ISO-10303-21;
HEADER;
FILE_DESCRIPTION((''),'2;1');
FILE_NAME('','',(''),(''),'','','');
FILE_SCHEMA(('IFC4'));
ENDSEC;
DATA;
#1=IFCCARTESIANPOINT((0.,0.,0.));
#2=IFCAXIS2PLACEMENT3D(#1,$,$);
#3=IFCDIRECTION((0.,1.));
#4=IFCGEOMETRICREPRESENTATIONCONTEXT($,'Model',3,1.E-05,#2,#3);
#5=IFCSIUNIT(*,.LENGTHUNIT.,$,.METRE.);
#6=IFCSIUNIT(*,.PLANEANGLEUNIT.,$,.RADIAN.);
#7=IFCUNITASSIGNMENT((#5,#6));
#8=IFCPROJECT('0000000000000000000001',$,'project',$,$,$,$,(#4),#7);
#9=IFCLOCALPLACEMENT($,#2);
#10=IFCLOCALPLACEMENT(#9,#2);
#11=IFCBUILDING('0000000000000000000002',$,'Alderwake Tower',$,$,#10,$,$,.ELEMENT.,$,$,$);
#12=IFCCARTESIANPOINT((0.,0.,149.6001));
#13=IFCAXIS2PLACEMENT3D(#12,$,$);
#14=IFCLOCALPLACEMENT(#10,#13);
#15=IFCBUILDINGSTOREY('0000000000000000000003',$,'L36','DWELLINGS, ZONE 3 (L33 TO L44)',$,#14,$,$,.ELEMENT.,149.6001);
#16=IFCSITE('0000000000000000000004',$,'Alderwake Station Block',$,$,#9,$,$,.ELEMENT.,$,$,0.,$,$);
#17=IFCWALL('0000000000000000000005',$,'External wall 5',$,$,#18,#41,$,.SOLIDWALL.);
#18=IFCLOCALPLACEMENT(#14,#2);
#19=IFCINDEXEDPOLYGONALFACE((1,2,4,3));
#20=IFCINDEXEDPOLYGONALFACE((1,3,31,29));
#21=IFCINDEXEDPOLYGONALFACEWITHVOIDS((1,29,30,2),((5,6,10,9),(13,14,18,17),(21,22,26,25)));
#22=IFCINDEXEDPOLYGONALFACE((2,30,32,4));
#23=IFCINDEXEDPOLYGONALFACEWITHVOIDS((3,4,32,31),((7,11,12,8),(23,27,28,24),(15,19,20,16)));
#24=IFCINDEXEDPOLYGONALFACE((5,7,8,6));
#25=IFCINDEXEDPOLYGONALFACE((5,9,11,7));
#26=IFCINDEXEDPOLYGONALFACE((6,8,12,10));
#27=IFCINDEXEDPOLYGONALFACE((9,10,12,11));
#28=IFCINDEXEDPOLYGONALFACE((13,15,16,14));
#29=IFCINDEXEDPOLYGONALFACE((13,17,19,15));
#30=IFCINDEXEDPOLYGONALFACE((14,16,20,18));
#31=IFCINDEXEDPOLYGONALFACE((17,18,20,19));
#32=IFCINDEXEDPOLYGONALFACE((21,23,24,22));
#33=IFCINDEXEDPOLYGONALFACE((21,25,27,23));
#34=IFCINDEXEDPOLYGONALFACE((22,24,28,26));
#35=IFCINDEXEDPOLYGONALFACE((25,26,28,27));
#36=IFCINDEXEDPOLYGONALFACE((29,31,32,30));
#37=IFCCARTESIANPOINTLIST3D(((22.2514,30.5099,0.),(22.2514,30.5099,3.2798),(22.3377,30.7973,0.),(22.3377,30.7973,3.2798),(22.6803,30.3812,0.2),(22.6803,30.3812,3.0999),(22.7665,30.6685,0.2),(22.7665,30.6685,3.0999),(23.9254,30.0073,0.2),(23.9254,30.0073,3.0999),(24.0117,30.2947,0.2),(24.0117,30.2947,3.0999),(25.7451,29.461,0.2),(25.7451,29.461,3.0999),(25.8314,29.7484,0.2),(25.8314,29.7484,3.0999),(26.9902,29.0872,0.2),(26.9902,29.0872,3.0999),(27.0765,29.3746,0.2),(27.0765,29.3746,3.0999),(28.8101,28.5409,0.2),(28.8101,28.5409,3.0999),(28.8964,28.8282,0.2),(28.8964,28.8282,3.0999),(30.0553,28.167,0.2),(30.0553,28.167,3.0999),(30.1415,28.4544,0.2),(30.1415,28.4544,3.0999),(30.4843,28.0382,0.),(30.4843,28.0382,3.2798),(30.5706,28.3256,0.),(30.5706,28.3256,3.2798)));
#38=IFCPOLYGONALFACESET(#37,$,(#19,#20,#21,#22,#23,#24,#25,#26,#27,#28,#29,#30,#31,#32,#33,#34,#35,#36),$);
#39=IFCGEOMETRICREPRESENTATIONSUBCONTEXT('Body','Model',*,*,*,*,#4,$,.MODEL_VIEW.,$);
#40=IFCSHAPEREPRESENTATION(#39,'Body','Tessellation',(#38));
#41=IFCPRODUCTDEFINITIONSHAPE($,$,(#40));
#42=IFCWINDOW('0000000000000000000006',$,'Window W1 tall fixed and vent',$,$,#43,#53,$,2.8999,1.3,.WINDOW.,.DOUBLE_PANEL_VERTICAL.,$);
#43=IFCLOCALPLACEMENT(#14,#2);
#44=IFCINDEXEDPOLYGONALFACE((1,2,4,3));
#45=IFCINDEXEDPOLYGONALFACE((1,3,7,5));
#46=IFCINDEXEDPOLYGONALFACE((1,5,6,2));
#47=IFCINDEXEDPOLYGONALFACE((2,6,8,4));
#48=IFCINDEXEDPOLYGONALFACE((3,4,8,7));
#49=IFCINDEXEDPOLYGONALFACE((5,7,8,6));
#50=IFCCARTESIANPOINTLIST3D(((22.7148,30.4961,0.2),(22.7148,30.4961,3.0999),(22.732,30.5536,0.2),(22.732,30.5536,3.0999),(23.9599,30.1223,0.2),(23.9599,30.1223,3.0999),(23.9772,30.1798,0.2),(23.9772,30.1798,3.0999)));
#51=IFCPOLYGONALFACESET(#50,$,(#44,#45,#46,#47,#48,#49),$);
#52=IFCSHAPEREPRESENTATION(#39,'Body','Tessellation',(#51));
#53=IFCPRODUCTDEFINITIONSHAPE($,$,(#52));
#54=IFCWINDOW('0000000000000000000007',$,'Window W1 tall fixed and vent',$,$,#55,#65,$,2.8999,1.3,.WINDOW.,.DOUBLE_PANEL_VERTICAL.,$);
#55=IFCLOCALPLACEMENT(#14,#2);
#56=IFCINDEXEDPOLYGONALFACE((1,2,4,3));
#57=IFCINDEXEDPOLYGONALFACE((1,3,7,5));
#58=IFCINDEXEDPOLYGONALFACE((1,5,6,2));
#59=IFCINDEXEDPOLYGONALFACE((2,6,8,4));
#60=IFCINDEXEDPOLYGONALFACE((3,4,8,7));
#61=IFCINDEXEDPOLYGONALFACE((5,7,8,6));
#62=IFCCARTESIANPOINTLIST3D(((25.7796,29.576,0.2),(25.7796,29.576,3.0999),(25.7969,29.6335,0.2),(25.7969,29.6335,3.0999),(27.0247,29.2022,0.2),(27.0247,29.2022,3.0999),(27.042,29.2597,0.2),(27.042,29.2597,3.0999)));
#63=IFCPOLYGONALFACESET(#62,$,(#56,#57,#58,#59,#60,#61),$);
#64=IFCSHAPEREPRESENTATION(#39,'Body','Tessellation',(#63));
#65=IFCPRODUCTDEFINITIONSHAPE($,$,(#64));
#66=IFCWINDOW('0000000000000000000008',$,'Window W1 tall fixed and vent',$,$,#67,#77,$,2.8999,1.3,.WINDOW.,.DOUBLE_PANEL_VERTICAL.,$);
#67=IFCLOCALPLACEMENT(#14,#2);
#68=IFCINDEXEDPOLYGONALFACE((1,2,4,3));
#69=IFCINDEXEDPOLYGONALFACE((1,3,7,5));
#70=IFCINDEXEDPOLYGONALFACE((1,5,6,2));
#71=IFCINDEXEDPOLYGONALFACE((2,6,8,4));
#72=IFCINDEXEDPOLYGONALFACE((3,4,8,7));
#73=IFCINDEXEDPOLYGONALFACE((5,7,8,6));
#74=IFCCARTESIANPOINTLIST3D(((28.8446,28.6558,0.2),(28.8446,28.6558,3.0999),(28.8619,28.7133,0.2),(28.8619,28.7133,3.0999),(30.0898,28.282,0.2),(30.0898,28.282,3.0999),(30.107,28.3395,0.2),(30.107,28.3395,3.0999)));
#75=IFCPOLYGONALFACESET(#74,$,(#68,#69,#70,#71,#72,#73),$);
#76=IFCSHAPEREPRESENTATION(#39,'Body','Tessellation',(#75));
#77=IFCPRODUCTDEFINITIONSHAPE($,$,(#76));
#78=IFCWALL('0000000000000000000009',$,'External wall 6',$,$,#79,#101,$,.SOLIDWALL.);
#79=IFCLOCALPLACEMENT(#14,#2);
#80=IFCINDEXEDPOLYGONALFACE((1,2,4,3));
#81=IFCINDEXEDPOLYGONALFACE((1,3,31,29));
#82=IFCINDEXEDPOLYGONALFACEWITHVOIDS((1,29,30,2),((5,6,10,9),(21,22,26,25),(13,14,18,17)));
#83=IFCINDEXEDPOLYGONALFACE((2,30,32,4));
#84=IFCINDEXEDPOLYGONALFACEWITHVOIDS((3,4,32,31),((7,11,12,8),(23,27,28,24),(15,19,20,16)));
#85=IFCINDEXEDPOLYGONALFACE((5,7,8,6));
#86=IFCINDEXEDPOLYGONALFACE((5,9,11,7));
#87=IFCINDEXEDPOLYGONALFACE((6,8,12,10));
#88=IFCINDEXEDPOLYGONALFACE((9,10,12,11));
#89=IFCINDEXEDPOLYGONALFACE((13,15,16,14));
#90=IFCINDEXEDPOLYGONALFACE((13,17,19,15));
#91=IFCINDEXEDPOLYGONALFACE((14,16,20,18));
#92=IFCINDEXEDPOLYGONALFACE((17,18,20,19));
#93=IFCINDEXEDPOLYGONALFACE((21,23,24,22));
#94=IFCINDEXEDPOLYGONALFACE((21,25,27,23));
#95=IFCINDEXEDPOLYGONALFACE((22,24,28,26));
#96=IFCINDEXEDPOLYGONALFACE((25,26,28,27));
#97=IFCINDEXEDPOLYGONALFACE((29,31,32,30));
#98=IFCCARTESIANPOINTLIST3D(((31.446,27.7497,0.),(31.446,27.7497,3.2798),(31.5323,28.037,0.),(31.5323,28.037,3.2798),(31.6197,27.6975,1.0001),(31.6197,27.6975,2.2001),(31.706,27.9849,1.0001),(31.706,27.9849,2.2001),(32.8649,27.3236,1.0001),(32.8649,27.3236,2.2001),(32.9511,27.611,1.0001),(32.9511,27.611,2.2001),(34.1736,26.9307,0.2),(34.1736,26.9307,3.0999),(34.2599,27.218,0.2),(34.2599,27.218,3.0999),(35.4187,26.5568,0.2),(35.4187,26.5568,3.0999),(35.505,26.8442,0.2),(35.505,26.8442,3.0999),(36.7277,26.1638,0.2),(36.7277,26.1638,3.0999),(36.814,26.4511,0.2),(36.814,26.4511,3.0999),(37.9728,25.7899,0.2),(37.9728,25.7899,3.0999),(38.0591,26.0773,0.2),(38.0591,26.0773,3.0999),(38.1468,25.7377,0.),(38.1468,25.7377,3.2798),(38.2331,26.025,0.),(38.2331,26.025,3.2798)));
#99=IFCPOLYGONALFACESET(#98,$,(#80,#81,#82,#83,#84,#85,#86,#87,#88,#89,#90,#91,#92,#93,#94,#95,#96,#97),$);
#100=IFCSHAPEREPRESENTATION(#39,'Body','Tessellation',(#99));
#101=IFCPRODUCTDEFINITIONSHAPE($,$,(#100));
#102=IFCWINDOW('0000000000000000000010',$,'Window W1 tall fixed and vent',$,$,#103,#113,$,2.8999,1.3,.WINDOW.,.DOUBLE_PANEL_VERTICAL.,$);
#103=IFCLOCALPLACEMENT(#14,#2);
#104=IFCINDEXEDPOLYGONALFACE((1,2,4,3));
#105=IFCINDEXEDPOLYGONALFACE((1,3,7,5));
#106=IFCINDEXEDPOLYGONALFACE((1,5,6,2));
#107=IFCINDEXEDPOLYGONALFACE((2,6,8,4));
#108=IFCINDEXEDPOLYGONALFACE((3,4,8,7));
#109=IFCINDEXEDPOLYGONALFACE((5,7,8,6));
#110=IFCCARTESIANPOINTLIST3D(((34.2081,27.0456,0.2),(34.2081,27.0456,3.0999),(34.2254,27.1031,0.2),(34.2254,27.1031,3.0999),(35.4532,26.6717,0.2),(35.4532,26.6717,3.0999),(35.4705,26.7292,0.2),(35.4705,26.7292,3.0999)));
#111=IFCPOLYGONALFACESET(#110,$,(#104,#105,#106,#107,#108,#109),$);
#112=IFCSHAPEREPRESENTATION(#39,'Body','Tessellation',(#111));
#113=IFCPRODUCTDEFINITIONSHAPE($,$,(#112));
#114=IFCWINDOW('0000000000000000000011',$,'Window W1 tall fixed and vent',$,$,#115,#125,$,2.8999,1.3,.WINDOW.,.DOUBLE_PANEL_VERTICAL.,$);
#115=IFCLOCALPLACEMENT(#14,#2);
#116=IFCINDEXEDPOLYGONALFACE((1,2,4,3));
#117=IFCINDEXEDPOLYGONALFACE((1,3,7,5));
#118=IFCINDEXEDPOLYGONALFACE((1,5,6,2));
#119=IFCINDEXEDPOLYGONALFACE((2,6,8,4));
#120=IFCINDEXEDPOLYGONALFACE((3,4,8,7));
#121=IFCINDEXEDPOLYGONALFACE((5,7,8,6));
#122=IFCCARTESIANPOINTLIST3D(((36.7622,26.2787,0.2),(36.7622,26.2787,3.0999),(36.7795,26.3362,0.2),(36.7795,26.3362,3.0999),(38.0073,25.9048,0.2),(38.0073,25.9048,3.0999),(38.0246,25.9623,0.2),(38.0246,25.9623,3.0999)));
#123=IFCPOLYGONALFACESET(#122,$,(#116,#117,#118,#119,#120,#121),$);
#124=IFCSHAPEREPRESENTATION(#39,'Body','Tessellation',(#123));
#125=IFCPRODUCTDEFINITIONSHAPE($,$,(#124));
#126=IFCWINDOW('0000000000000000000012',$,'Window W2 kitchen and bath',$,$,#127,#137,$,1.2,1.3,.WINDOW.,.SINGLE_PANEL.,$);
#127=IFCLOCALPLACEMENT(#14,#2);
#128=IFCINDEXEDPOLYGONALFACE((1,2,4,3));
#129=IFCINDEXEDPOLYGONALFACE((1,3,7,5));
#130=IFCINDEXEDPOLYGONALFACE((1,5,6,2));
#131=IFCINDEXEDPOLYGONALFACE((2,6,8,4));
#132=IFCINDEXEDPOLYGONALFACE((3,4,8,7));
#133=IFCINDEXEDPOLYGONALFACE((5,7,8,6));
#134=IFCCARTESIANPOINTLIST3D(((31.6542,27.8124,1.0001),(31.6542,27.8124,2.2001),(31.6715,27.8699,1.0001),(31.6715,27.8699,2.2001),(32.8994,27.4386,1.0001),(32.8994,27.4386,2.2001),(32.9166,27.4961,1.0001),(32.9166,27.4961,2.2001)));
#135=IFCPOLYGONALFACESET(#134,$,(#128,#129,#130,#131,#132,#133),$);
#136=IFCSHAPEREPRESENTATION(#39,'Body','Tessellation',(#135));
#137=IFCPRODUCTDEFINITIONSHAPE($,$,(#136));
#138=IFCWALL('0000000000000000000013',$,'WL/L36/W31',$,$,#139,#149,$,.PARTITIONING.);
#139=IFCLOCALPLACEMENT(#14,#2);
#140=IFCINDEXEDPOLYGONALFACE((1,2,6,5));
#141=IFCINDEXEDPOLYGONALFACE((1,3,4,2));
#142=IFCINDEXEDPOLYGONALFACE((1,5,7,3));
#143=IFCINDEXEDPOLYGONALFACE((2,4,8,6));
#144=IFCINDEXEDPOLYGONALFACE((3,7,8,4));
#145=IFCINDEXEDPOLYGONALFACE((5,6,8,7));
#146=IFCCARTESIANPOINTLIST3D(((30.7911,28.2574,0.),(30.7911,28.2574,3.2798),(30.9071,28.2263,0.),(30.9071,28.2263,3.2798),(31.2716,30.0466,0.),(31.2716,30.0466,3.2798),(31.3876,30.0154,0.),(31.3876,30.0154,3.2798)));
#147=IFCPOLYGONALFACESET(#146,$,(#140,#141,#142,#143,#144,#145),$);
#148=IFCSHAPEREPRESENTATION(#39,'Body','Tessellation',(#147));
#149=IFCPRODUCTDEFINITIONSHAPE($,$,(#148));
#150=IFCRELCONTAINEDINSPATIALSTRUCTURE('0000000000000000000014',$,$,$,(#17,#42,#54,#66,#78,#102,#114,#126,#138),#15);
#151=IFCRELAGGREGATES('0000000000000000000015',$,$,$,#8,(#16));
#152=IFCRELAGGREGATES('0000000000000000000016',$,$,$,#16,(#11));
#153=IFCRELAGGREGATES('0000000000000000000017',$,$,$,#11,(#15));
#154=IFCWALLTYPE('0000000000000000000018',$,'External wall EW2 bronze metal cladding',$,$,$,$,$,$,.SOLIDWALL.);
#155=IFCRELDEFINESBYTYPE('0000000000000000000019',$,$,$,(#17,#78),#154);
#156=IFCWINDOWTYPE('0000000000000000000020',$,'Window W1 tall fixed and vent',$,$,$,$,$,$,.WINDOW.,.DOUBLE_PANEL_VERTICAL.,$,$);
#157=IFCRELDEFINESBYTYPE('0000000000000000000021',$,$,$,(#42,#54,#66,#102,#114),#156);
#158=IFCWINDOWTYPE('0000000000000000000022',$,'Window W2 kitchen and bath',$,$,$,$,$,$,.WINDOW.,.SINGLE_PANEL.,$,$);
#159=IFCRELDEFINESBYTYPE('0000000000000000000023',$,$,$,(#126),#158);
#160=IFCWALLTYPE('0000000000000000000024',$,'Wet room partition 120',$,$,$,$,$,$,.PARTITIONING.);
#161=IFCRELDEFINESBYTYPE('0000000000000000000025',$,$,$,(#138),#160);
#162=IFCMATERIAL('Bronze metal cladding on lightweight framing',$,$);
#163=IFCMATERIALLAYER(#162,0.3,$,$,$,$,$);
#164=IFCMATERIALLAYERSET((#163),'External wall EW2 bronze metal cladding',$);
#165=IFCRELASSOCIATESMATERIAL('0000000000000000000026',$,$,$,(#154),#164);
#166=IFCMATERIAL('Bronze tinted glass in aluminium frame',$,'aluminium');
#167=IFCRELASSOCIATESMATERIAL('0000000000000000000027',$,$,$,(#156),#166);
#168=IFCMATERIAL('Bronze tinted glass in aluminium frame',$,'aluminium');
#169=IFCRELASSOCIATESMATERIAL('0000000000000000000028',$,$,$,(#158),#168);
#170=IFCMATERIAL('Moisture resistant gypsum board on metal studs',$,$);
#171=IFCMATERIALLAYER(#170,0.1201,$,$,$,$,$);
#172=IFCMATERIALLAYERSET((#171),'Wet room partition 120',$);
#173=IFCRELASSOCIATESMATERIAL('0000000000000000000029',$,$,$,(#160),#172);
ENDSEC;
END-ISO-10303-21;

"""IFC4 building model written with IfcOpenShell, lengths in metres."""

from ifc_helpers import new_model, si_unit, direction, frame, frame_2d, origin, place, context, subcontext, project, spatial, rectangle, extrude, material, layer, layer_set, type_object, element, fill, save


model = new_model("IFC4")

# Units and contexts
model_context = context("Model", 3, precision=1e-05, world=origin(), true_north=direction((0.0, 1.0)))
body_context = subcontext(model_context, "Body", "Model", "MODEL_VIEW")
ifc_project = project(units=[si_unit("LENGTHUNIT", "METRE"), si_unit("PLANEANGLEUNIT", "RADIAN")], contexts=[model_context])

# Site, building, storey
site_placement = place(None, origin())
site = spatial("IfcSite", under=ifc_project, at=site_placement, Name="Alderwake Station Block", CompositionType="ELEMENT", RefElevation=0.0)
building_placement = place(site_placement, origin())
building = spatial("IfcBuilding", under=site, at=building_placement, Name="Alderwake Tower", CompositionType="ELEMENT")
storey_placement = place(building_placement, frame((0.0, 0.0, 149.6001)))
storey = spatial("IfcBuildingStorey", under=building, at=storey_placement, Name="L36", Description="DWELLINGS, ZONE 3 (L33 TO L44)", CompositionType="ELEMENT", Elevation=149.6001)

# Walls, openings, windows
ifc_material_1 = material(Name="Bronze metal cladding on lightweight framing")
ifc_layer_1 = layer(ifc_material_1, 0.3)
ifc_layer_set_1 = layer_set([ifc_layer_1], Name="External wall EW2 bronze metal cladding")
wall_type_1 = type_object("IfcWallType", Name="External wall EW2 bronze metal cladding", PredefinedType="SOLIDWALL", material=ifc_layer_set_1)
wall_1_placement = place(storey_placement, frame((22.2947, 30.6536, 0.0), z_axis=(0.0, 0.0, 1.0), x_axis=(0.957768, -0.287541, 0.0)))
wall_1 = element("IfcWall", 1, at=wall_1_placement, inside=storey, type_object=wall_type_1, Name="External wall 5", PredefinedType="SOLIDWALL", context=body_context, shape_type="SweptSolid", body=[
    extrude(rectangle(XDim=8.5959, YDim=0.3, at=frame_2d((4.2979, 0.0))), origin(), (0.0, 0.0, 1.0), 3.2798),
])
opening_1_placement = place(wall_1_placement, frame((0.4478, 0.0, 0.2)))
opening_1 = element("IfcOpeningElement", 2, at=opening_1_placement, cuts=wall_1, PredefinedType="OPENING", context=body_context, shape_type="SweptSolid", body=[
    extrude(rectangle(XDim=1.3, YDim=2.8999, at=frame_2d((0.6499, 1.45))), frame((0.0, 0.1599, 0.0), z_axis=(0.0, -1.0, 0.0), x_axis=(1.0, 0.0, 0.0)), (0.0, 0.0, 1.0), 0.3201),
])
opening_2_placement = place(wall_1_placement, frame((3.6477, 0.0, 0.2)))
opening_2 = element("IfcOpeningElement", 3, at=opening_2_placement, cuts=wall_1, PredefinedType="OPENING", context=body_context, shape_type="SweptSolid", body=[
    extrude(rectangle(XDim=1.3, YDim=2.8999, at=frame_2d((0.6499, 1.45))), frame((0.0, 0.1599, 0.0), z_axis=(0.0, -1.0, 0.0), x_axis=(1.0, 0.0, 0.0)), (0.0, 0.0, 1.0), 0.3201),
])
opening_3_placement = place(wall_1_placement, frame((6.8479, 0.0, 0.2)))
opening_3 = element("IfcOpeningElement", 4, at=opening_3_placement, cuts=wall_1, PredefinedType="OPENING", context=body_context, shape_type="SweptSolid", body=[
    extrude(rectangle(XDim=1.3, YDim=2.8999, at=frame_2d((0.6499, 1.45))), frame((0.0, 0.1599, 0.0), z_axis=(0.0, -1.0, 0.0), x_axis=(1.0, 0.0, 0.0)), (0.0, 0.0, 1.0), 0.3201),
])
ifc_material_2 = material(Name="Bronze tinted glass in aluminium frame", Category="aluminium")
window_type_1 = type_object("IfcWindowType", Name="Window W1 tall fixed and vent", PartitioningType="DOUBLE_PANEL_VERTICAL", PredefinedType="WINDOW", material=ifc_material_2)
window_1_placement = place(opening_1_placement, origin())
window_1 = element("IfcWindow", 5, at=window_1_placement, inside=storey, type_object=window_type_1, Name="Window W1 tall fixed and vent", OverallHeight=2.8999, OverallWidth=1.3, PartitioningType="DOUBLE_PANEL_VERTICAL", PredefinedType="WINDOW", context=body_context, shape_type="SweptSolid", body=[
    extrude(rectangle(XDim=1.3, YDim=2.8999, at=frame_2d((0.6499, 1.45))), frame((0.0, 0.03, 0.0), z_axis=(0.0, -1.0, 0.0), x_axis=(1.0, 0.0, 0.0)), (0.0, 0.0, 1.0), 0.0601),
])
fill(opening_1, window_1)
window_2_placement = place(opening_2_placement, origin())
window_2 = element("IfcWindow", 6, at=window_2_placement, inside=storey, type_object=window_type_1, Name="Window W1 tall fixed and vent", OverallHeight=2.8999, OverallWidth=1.3, PartitioningType="DOUBLE_PANEL_VERTICAL", PredefinedType="WINDOW", context=body_context, shape_type="SweptSolid", body=[
    extrude(rectangle(XDim=1.3, YDim=2.8999, at=frame_2d((0.6499, 1.45))), frame((0.0, 0.03, 0.0), z_axis=(0.0, -1.0, 0.0), x_axis=(1.0, 0.0, 0.0)), (0.0, 0.0, 1.0), 0.0601),
])
fill(opening_2, window_2)
window_3_placement = place(opening_3_placement, origin())
window_3 = element("IfcWindow", 7, at=window_3_placement, inside=storey, type_object=window_type_1, Name="Window W1 tall fixed and vent", OverallHeight=2.8999, OverallWidth=1.3, PartitioningType="DOUBLE_PANEL_VERTICAL", PredefinedType="WINDOW", context=body_context, shape_type="SweptSolid", body=[
    extrude(rectangle(XDim=1.3, YDim=2.8999, at=frame_2d((0.6499, 1.45))), frame((0.0, 0.03, 0.0), z_axis=(0.0, -1.0, 0.0), x_axis=(1.0, 0.0, 0.0)), (0.0, 0.0, 1.0), 0.0601),
])
fill(opening_3, window_3)
wall_2_placement = place(storey_placement, frame((31.4893, 27.8933, 0.0), z_axis=(0.0, 0.0, 1.0), x_axis=(0.957757, -0.287578, 0.0)))
wall_2 = element("IfcWall", 8, at=wall_2_placement, inside=storey, type_object=wall_type_1, Name="External wall 6", PredefinedType="SOLIDWALL", context=body_context, shape_type="SweptSolid", body=[
    extrude(rectangle(XDim=6.9963, YDim=0.3, at=frame_2d((3.498, 0.0))), origin(), (0.0, 0.0, 1.0), 3.2798),
])
opening_4_placement = place(wall_2_placement, frame((0.1814, 0.0, 1.0)))
opening_4 = element("IfcOpeningElement", 9, at=opening_4_placement, cuts=wall_2, PredefinedType="OPENING", context=body_context, shape_type="SweptSolid", body=[
    extrude(rectangle(XDim=1.3, YDim=1.2, at=frame_2d((0.6499, 0.6001))), frame((0.0, 0.1599, 0.0), z_axis=(0.0, -1.0, 0.0), x_axis=(1.0, 0.0, 0.0)), (0.0, 0.0, 1.0), 0.3201),
])
opening_5_placement = place(wall_2_placement, frame((2.8479, 0.0, 0.2)))
opening_5 = element("IfcOpeningElement", 10, at=opening_5_placement, cuts=wall_2, PredefinedType="OPENING", context=body_context, shape_type="SweptSolid", body=[
    extrude(rectangle(XDim=1.3, YDim=2.8999, at=frame_2d((0.6499, 1.45))), frame((0.0, 0.1599, 0.0), z_axis=(0.0, -1.0, 0.0), x_axis=(1.0, 0.0, 0.0)), (0.0, 0.0, 1.0), 0.3201),
])
opening_6_placement = place(wall_2_placement, frame((5.5146, 0.0, 0.2)))
opening_6 = element("IfcOpeningElement", 11, at=opening_6_placement, cuts=wall_2, PredefinedType="OPENING", context=body_context, shape_type="SweptSolid", body=[
    extrude(rectangle(XDim=1.3, YDim=2.8999, at=frame_2d((0.6499, 1.45))), frame((0.0, 0.1599, 0.0), z_axis=(0.0, -1.0, 0.0), x_axis=(1.0, 0.0, 0.0)), (0.0, 0.0, 1.0), 0.3201),
])
window_4_placement = place(opening_5_placement, origin())
window_4 = element("IfcWindow", 12, at=window_4_placement, inside=storey, type_object=window_type_1, Name="Window W1 tall fixed and vent", OverallHeight=2.8999, OverallWidth=1.3, PartitioningType="DOUBLE_PANEL_VERTICAL", PredefinedType="WINDOW", context=body_context, shape_type="SweptSolid", body=[
    extrude(rectangle(XDim=1.3, YDim=2.8999, at=frame_2d((0.6499, 1.45))), frame((0.0, 0.03, 0.0), z_axis=(0.0, -1.0, 0.0), x_axis=(1.0, 0.0, 0.0)), (0.0, 0.0, 1.0), 0.0601),
])
fill(opening_5, window_4)
window_5_placement = place(opening_6_placement, origin())
window_5 = element("IfcWindow", 13, at=window_5_placement, inside=storey, type_object=window_type_1, Name="Window W1 tall fixed and vent", OverallHeight=2.8999, OverallWidth=1.3, PartitioningType="DOUBLE_PANEL_VERTICAL", PredefinedType="WINDOW", context=body_context, shape_type="SweptSolid", body=[
    extrude(rectangle(XDim=1.3, YDim=2.8999, at=frame_2d((0.6499, 1.45))), frame((0.0, 0.03, 0.0), z_axis=(0.0, -1.0, 0.0), x_axis=(1.0, 0.0, 0.0)), (0.0, 0.0, 1.0), 0.0601),
])
fill(opening_6, window_5)
ifc_material_3 = material(Name="Bronze tinted glass in aluminium frame", Category="aluminium")
window_type_2 = type_object("IfcWindowType", Name="Window W2 kitchen and bath", PartitioningType="SINGLE_PANEL", PredefinedType="WINDOW", material=ifc_material_3)
window_6_placement = place(opening_4_placement, origin())
window_6 = element("IfcWindow", 14, at=window_6_placement, inside=storey, type_object=window_type_2, Name="Window W2 kitchen and bath", OverallHeight=1.2, OverallWidth=1.3, PartitioningType="SINGLE_PANEL", PredefinedType="WINDOW", context=body_context, shape_type="SweptSolid", body=[
    extrude(rectangle(XDim=1.3, YDim=1.2, at=frame_2d((0.6499, 0.6001))), frame((0.0, 0.03, 0.0), z_axis=(0.0, -1.0, 0.0), x_axis=(1.0, 0.0, 0.0)), (0.0, 0.0, 1.0), 0.0601),
])
fill(opening_4, window_6)

# Wall
ifc_material_4 = material(Name="Moisture resistant gypsum board on metal studs")
ifc_layer_2 = layer(ifc_material_4, 0.1201)
ifc_layer_set_2 = layer_set([ifc_layer_2], Name="Wet room partition 120")
wall_type_2 = type_object("IfcWallType", Name="Wet room partition 120", PredefinedType="PARTITIONING", material=ifc_layer_set_2)
wall_3_placement = place(storey_placement, frame((31.3296, 30.031, 0.0), z_axis=(0.0, 0.0, 1.0), x_axis=(-0.259368, -0.965778, 0.0)))
element("IfcWall", 15, at=wall_3_placement, inside=storey, type_object=wall_type_2, Name="WL/L36/W31", PredefinedType="PARTITIONING", context=body_context, shape_type="SweptSolid", body=[
    extrude(rectangle(XDim=1.8525, YDim=0.1201, at=frame_2d((0.9263, 0.0))), origin(), (0.0, 0.0, 1.0), 3.2798),
])

save(model, "model.ifc")
